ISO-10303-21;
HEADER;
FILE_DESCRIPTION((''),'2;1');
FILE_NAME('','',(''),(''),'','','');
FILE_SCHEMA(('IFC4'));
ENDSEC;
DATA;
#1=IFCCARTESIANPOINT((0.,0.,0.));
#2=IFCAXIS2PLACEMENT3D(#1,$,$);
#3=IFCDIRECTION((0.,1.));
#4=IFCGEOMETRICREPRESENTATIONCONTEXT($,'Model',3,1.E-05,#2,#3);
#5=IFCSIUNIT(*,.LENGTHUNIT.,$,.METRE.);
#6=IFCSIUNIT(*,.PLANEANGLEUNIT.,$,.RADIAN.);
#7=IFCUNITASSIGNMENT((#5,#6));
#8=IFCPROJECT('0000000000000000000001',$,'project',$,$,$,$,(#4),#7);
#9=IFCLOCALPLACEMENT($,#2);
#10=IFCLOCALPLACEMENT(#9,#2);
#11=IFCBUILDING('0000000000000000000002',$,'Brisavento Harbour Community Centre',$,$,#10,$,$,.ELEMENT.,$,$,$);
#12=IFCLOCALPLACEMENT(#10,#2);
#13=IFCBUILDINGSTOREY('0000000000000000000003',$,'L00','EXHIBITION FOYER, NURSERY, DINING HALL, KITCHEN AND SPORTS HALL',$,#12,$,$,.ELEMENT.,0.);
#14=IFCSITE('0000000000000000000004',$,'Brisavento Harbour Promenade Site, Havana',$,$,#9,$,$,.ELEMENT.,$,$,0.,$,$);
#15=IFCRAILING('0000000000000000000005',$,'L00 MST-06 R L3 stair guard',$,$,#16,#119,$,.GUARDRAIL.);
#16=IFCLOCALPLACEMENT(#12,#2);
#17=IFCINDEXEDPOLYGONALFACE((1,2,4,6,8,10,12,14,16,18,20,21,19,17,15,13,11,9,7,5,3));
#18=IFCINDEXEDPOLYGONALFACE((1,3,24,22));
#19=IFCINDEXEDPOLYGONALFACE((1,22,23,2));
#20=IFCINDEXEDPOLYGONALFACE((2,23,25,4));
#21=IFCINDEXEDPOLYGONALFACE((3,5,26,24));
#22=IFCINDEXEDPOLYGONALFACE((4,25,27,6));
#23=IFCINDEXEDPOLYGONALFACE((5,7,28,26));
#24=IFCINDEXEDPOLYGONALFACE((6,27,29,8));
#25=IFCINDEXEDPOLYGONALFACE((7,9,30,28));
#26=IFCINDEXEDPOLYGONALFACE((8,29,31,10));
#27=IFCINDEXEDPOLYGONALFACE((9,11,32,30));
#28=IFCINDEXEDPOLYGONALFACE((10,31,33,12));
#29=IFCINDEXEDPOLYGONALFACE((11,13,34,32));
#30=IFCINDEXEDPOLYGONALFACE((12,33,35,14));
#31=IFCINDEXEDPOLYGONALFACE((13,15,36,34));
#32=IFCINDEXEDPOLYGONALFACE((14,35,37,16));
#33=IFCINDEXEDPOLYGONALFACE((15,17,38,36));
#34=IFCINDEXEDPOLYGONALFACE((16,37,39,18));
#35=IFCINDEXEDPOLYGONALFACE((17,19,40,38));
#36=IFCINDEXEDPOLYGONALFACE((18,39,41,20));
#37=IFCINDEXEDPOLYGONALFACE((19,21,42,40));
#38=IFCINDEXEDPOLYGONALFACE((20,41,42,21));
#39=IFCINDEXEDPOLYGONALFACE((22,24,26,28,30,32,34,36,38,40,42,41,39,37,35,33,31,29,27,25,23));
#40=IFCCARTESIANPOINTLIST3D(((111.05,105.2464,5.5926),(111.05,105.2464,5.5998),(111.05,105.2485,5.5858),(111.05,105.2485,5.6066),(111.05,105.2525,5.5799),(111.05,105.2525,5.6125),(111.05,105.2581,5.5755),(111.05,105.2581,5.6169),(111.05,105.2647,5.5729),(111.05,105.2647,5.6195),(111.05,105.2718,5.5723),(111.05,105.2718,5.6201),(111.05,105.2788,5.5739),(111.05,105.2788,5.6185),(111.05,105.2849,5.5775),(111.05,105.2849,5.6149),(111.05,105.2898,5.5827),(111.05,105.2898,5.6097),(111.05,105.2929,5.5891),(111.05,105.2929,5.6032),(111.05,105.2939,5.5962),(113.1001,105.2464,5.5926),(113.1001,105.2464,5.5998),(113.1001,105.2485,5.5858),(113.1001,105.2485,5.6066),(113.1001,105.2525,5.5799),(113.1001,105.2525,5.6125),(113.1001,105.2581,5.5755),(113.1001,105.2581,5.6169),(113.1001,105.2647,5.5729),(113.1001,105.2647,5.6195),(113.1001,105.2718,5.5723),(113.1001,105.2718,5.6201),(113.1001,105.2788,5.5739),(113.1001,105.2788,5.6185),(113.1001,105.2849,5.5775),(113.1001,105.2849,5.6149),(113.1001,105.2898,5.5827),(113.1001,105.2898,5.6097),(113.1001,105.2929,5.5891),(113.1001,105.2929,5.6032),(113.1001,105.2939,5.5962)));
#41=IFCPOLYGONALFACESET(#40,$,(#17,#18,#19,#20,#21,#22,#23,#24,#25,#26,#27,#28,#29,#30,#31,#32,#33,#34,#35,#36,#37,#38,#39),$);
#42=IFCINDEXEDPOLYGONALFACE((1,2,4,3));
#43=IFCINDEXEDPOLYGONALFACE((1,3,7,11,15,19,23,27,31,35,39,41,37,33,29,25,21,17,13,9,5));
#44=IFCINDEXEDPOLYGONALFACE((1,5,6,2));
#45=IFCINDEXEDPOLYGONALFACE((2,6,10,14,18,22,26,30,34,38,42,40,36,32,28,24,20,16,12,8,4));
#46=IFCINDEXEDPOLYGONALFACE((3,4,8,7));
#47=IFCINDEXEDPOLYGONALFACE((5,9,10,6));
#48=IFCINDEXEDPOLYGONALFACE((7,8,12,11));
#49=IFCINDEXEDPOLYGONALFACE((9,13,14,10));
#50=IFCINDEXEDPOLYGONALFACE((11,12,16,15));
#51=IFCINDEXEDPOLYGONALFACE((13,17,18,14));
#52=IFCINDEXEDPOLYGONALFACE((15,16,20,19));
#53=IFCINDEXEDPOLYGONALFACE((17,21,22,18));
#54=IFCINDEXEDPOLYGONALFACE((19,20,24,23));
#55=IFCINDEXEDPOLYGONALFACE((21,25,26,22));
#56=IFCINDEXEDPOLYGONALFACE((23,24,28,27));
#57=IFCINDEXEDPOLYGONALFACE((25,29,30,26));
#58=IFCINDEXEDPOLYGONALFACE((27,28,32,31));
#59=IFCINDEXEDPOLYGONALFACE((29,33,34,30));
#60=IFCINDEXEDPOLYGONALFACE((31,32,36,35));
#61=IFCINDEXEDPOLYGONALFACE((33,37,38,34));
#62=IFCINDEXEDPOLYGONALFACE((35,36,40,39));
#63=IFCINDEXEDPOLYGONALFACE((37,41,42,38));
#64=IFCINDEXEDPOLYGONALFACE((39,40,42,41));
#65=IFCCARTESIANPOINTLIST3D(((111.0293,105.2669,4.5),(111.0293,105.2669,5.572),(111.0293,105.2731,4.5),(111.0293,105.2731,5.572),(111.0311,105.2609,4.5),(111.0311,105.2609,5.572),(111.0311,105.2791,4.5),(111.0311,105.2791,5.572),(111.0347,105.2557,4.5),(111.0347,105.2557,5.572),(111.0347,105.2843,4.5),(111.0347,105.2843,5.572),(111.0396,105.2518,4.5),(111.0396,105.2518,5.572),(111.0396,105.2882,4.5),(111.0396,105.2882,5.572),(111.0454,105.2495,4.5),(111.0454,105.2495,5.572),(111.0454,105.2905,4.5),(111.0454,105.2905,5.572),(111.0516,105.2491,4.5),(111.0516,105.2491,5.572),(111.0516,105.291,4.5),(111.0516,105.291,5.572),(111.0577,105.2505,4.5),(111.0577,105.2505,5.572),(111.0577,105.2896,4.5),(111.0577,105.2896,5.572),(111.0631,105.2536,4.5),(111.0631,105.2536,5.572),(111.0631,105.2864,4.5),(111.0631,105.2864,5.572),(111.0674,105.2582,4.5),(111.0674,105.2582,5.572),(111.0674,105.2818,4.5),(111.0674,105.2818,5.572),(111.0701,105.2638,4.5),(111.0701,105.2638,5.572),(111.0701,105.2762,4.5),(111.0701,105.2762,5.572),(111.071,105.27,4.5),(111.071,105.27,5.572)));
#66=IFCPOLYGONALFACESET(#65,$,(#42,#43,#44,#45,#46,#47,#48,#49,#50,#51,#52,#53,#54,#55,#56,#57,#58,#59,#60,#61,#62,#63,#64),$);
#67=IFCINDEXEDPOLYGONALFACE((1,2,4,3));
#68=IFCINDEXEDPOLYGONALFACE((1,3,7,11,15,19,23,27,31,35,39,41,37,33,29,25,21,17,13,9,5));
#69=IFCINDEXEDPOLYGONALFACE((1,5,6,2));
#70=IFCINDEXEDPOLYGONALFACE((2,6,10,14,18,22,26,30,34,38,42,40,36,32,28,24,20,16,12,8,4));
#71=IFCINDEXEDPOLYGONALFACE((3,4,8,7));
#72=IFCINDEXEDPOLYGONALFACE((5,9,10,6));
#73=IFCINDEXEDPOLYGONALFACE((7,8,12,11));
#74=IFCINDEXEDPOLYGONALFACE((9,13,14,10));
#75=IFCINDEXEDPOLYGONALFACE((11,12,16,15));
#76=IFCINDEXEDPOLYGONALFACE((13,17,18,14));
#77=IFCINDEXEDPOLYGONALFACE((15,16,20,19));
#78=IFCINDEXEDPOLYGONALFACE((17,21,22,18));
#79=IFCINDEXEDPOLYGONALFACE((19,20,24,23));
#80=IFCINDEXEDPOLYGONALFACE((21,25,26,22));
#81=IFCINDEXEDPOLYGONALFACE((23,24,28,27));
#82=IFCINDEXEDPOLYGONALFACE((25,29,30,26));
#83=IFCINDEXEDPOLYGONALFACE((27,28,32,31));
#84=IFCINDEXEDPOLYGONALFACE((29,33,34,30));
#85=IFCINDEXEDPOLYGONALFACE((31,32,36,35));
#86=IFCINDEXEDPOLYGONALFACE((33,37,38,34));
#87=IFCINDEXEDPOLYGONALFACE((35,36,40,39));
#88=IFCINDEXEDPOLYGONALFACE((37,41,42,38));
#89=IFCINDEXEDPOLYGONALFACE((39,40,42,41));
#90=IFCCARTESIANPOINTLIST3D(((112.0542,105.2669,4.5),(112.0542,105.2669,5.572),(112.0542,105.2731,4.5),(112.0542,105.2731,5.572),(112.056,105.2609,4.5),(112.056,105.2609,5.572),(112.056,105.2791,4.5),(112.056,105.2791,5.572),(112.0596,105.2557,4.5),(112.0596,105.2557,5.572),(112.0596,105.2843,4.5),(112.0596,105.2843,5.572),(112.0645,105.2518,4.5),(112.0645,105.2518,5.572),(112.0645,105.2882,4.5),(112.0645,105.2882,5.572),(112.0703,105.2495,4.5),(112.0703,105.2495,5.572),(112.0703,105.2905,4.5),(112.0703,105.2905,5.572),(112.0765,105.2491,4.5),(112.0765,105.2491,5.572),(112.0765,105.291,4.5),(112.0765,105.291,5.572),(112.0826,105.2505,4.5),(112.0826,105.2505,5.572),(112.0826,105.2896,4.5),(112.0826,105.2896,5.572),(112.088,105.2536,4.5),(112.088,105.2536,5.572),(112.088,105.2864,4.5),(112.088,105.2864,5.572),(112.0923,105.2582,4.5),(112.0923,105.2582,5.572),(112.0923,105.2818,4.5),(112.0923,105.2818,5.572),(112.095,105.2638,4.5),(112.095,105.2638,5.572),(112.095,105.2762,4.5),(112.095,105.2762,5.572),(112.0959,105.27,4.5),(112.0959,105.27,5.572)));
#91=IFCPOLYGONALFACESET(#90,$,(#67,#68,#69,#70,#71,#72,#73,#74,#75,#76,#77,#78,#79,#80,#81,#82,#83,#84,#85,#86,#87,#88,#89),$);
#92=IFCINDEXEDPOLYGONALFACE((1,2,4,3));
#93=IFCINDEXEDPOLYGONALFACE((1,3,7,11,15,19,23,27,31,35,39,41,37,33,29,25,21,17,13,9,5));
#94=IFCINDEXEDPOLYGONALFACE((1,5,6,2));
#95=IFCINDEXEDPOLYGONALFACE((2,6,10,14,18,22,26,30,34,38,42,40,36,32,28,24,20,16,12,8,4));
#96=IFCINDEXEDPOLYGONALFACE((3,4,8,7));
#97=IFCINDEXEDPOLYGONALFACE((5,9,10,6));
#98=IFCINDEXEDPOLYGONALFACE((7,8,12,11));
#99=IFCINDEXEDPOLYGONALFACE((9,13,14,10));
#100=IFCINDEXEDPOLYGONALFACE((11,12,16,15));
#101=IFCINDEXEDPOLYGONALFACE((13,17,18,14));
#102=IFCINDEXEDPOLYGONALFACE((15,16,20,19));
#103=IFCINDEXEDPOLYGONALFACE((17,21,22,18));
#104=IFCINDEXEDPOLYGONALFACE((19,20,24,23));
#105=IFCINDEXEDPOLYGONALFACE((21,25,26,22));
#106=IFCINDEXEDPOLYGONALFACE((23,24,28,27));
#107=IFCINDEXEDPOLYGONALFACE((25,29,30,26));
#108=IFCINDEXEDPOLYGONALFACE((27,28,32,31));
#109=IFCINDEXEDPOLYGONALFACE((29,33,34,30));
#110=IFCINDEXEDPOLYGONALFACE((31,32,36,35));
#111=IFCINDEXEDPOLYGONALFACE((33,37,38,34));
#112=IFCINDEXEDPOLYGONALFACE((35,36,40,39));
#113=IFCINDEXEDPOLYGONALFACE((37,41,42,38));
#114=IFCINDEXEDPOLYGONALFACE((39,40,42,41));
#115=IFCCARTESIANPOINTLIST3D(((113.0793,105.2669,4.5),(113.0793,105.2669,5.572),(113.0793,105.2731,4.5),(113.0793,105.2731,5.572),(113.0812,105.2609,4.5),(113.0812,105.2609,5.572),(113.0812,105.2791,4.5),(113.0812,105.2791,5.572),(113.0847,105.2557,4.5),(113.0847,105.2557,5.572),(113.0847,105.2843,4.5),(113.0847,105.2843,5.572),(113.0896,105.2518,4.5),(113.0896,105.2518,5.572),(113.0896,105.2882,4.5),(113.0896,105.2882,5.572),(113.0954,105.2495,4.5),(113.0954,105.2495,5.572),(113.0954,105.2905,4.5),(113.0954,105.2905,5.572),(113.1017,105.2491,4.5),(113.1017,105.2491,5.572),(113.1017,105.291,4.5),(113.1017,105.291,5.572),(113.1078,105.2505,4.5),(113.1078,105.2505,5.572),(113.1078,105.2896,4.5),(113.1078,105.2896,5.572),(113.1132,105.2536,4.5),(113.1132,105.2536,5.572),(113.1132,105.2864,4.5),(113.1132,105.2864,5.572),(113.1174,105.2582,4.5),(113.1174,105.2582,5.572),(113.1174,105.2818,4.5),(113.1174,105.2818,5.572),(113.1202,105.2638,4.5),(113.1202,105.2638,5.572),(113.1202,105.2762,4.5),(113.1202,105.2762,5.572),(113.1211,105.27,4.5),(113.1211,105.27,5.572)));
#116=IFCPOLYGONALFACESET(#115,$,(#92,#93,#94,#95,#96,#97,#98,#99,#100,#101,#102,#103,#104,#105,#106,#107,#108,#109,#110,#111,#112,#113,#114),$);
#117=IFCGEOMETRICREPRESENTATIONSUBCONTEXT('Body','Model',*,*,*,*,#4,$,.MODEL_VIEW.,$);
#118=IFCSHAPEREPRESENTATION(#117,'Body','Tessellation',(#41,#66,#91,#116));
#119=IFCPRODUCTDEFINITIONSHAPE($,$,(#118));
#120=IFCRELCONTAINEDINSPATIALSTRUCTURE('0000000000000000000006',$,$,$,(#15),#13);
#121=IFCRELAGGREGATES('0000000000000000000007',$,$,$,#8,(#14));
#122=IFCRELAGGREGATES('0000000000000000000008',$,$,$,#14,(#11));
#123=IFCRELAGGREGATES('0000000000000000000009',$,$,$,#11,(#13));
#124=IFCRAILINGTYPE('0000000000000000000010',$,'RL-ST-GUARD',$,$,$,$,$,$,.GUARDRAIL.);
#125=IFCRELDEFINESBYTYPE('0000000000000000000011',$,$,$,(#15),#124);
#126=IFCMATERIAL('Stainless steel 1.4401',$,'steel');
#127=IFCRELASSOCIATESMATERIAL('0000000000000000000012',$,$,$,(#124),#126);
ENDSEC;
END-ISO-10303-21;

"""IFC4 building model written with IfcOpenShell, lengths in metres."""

from ifc_helpers import new_model, si_unit, direction, frame, origin, origin_2d, place, context, subcontext, project, spatial, circle, extrude, material, type_object, element, save


model = new_model("IFC4")

# Units and contexts
model_context = context("Model", 3, precision=1e-05, world=origin(), true_north=direction((0.0, 1.0)))
body_context = subcontext(model_context, "Body", "Model", "MODEL_VIEW")
ifc_project = project(units=[si_unit("LENGTHUNIT", "METRE"), si_unit("PLANEANGLEUNIT", "RADIAN")], contexts=[model_context])

# Site, building, storey
site_placement = place(None, origin())
site = spatial("IfcSite", under=ifc_project, at=site_placement, Name="Brisavento Harbour Promenade Site, Havana", CompositionType="ELEMENT", RefElevation=0.0)
building_placement = place(site_placement, origin())
building = spatial("IfcBuilding", under=site, at=building_placement, Name="Brisavento Harbour Community Centre", CompositionType="ELEMENT")
storey_placement = place(building_placement, origin())
storey = spatial("IfcBuildingStorey", under=building, at=storey_placement, Name="L00", Description="EXHIBITION FOYER, NURSERY, DINING HALL, KITCHEN AND SPORTS HALL", CompositionType="ELEMENT", Elevation=0.0)

# Railing
ifc_material_1 = material(Name="Stainless steel 1.4401", Category="steel")
railing_type = type_object("IfcRailingType", Name="RL-ST-GUARD", PredefinedType="GUARDRAIL", material=ifc_material_1)
railing_1_placement = place(storey_placement, frame((111.05, 105.27, 4.5)))
element("IfcRailing", 1, at=railing_1_placement, inside=storey, type_object=railing_type, Name="L00 MST-06 R L3 stair guard", PredefinedType="GUARDRAIL", context=body_context, shape_type="SweptSolid", body=[
    extrude(circle(Radius=0.0239, at=origin_2d()), frame((0.0, 0.0, 1.0962), z_axis=(1.0, 0.0, 0.0), x_axis=(0.0, 1.0, 0.0)), (0.0, 0.0, 1.0), 2.05),
    extrude(circle(Radius=0.021, at=origin_2d()), origin(), (0.0, 0.0, 1.0), 1.072),
    extrude(circle(Radius=0.021, at=origin_2d()), frame((1.0249, 0.0, 0.0)), (0.0, 0.0, 1.0), 1.072),
    extrude(circle(Radius=0.021, at=origin_2d()), frame((2.05, 0.0, 0.0)), (0.0, 0.0, 1.0), 1.072),
])

save(model, "model.ifc")
